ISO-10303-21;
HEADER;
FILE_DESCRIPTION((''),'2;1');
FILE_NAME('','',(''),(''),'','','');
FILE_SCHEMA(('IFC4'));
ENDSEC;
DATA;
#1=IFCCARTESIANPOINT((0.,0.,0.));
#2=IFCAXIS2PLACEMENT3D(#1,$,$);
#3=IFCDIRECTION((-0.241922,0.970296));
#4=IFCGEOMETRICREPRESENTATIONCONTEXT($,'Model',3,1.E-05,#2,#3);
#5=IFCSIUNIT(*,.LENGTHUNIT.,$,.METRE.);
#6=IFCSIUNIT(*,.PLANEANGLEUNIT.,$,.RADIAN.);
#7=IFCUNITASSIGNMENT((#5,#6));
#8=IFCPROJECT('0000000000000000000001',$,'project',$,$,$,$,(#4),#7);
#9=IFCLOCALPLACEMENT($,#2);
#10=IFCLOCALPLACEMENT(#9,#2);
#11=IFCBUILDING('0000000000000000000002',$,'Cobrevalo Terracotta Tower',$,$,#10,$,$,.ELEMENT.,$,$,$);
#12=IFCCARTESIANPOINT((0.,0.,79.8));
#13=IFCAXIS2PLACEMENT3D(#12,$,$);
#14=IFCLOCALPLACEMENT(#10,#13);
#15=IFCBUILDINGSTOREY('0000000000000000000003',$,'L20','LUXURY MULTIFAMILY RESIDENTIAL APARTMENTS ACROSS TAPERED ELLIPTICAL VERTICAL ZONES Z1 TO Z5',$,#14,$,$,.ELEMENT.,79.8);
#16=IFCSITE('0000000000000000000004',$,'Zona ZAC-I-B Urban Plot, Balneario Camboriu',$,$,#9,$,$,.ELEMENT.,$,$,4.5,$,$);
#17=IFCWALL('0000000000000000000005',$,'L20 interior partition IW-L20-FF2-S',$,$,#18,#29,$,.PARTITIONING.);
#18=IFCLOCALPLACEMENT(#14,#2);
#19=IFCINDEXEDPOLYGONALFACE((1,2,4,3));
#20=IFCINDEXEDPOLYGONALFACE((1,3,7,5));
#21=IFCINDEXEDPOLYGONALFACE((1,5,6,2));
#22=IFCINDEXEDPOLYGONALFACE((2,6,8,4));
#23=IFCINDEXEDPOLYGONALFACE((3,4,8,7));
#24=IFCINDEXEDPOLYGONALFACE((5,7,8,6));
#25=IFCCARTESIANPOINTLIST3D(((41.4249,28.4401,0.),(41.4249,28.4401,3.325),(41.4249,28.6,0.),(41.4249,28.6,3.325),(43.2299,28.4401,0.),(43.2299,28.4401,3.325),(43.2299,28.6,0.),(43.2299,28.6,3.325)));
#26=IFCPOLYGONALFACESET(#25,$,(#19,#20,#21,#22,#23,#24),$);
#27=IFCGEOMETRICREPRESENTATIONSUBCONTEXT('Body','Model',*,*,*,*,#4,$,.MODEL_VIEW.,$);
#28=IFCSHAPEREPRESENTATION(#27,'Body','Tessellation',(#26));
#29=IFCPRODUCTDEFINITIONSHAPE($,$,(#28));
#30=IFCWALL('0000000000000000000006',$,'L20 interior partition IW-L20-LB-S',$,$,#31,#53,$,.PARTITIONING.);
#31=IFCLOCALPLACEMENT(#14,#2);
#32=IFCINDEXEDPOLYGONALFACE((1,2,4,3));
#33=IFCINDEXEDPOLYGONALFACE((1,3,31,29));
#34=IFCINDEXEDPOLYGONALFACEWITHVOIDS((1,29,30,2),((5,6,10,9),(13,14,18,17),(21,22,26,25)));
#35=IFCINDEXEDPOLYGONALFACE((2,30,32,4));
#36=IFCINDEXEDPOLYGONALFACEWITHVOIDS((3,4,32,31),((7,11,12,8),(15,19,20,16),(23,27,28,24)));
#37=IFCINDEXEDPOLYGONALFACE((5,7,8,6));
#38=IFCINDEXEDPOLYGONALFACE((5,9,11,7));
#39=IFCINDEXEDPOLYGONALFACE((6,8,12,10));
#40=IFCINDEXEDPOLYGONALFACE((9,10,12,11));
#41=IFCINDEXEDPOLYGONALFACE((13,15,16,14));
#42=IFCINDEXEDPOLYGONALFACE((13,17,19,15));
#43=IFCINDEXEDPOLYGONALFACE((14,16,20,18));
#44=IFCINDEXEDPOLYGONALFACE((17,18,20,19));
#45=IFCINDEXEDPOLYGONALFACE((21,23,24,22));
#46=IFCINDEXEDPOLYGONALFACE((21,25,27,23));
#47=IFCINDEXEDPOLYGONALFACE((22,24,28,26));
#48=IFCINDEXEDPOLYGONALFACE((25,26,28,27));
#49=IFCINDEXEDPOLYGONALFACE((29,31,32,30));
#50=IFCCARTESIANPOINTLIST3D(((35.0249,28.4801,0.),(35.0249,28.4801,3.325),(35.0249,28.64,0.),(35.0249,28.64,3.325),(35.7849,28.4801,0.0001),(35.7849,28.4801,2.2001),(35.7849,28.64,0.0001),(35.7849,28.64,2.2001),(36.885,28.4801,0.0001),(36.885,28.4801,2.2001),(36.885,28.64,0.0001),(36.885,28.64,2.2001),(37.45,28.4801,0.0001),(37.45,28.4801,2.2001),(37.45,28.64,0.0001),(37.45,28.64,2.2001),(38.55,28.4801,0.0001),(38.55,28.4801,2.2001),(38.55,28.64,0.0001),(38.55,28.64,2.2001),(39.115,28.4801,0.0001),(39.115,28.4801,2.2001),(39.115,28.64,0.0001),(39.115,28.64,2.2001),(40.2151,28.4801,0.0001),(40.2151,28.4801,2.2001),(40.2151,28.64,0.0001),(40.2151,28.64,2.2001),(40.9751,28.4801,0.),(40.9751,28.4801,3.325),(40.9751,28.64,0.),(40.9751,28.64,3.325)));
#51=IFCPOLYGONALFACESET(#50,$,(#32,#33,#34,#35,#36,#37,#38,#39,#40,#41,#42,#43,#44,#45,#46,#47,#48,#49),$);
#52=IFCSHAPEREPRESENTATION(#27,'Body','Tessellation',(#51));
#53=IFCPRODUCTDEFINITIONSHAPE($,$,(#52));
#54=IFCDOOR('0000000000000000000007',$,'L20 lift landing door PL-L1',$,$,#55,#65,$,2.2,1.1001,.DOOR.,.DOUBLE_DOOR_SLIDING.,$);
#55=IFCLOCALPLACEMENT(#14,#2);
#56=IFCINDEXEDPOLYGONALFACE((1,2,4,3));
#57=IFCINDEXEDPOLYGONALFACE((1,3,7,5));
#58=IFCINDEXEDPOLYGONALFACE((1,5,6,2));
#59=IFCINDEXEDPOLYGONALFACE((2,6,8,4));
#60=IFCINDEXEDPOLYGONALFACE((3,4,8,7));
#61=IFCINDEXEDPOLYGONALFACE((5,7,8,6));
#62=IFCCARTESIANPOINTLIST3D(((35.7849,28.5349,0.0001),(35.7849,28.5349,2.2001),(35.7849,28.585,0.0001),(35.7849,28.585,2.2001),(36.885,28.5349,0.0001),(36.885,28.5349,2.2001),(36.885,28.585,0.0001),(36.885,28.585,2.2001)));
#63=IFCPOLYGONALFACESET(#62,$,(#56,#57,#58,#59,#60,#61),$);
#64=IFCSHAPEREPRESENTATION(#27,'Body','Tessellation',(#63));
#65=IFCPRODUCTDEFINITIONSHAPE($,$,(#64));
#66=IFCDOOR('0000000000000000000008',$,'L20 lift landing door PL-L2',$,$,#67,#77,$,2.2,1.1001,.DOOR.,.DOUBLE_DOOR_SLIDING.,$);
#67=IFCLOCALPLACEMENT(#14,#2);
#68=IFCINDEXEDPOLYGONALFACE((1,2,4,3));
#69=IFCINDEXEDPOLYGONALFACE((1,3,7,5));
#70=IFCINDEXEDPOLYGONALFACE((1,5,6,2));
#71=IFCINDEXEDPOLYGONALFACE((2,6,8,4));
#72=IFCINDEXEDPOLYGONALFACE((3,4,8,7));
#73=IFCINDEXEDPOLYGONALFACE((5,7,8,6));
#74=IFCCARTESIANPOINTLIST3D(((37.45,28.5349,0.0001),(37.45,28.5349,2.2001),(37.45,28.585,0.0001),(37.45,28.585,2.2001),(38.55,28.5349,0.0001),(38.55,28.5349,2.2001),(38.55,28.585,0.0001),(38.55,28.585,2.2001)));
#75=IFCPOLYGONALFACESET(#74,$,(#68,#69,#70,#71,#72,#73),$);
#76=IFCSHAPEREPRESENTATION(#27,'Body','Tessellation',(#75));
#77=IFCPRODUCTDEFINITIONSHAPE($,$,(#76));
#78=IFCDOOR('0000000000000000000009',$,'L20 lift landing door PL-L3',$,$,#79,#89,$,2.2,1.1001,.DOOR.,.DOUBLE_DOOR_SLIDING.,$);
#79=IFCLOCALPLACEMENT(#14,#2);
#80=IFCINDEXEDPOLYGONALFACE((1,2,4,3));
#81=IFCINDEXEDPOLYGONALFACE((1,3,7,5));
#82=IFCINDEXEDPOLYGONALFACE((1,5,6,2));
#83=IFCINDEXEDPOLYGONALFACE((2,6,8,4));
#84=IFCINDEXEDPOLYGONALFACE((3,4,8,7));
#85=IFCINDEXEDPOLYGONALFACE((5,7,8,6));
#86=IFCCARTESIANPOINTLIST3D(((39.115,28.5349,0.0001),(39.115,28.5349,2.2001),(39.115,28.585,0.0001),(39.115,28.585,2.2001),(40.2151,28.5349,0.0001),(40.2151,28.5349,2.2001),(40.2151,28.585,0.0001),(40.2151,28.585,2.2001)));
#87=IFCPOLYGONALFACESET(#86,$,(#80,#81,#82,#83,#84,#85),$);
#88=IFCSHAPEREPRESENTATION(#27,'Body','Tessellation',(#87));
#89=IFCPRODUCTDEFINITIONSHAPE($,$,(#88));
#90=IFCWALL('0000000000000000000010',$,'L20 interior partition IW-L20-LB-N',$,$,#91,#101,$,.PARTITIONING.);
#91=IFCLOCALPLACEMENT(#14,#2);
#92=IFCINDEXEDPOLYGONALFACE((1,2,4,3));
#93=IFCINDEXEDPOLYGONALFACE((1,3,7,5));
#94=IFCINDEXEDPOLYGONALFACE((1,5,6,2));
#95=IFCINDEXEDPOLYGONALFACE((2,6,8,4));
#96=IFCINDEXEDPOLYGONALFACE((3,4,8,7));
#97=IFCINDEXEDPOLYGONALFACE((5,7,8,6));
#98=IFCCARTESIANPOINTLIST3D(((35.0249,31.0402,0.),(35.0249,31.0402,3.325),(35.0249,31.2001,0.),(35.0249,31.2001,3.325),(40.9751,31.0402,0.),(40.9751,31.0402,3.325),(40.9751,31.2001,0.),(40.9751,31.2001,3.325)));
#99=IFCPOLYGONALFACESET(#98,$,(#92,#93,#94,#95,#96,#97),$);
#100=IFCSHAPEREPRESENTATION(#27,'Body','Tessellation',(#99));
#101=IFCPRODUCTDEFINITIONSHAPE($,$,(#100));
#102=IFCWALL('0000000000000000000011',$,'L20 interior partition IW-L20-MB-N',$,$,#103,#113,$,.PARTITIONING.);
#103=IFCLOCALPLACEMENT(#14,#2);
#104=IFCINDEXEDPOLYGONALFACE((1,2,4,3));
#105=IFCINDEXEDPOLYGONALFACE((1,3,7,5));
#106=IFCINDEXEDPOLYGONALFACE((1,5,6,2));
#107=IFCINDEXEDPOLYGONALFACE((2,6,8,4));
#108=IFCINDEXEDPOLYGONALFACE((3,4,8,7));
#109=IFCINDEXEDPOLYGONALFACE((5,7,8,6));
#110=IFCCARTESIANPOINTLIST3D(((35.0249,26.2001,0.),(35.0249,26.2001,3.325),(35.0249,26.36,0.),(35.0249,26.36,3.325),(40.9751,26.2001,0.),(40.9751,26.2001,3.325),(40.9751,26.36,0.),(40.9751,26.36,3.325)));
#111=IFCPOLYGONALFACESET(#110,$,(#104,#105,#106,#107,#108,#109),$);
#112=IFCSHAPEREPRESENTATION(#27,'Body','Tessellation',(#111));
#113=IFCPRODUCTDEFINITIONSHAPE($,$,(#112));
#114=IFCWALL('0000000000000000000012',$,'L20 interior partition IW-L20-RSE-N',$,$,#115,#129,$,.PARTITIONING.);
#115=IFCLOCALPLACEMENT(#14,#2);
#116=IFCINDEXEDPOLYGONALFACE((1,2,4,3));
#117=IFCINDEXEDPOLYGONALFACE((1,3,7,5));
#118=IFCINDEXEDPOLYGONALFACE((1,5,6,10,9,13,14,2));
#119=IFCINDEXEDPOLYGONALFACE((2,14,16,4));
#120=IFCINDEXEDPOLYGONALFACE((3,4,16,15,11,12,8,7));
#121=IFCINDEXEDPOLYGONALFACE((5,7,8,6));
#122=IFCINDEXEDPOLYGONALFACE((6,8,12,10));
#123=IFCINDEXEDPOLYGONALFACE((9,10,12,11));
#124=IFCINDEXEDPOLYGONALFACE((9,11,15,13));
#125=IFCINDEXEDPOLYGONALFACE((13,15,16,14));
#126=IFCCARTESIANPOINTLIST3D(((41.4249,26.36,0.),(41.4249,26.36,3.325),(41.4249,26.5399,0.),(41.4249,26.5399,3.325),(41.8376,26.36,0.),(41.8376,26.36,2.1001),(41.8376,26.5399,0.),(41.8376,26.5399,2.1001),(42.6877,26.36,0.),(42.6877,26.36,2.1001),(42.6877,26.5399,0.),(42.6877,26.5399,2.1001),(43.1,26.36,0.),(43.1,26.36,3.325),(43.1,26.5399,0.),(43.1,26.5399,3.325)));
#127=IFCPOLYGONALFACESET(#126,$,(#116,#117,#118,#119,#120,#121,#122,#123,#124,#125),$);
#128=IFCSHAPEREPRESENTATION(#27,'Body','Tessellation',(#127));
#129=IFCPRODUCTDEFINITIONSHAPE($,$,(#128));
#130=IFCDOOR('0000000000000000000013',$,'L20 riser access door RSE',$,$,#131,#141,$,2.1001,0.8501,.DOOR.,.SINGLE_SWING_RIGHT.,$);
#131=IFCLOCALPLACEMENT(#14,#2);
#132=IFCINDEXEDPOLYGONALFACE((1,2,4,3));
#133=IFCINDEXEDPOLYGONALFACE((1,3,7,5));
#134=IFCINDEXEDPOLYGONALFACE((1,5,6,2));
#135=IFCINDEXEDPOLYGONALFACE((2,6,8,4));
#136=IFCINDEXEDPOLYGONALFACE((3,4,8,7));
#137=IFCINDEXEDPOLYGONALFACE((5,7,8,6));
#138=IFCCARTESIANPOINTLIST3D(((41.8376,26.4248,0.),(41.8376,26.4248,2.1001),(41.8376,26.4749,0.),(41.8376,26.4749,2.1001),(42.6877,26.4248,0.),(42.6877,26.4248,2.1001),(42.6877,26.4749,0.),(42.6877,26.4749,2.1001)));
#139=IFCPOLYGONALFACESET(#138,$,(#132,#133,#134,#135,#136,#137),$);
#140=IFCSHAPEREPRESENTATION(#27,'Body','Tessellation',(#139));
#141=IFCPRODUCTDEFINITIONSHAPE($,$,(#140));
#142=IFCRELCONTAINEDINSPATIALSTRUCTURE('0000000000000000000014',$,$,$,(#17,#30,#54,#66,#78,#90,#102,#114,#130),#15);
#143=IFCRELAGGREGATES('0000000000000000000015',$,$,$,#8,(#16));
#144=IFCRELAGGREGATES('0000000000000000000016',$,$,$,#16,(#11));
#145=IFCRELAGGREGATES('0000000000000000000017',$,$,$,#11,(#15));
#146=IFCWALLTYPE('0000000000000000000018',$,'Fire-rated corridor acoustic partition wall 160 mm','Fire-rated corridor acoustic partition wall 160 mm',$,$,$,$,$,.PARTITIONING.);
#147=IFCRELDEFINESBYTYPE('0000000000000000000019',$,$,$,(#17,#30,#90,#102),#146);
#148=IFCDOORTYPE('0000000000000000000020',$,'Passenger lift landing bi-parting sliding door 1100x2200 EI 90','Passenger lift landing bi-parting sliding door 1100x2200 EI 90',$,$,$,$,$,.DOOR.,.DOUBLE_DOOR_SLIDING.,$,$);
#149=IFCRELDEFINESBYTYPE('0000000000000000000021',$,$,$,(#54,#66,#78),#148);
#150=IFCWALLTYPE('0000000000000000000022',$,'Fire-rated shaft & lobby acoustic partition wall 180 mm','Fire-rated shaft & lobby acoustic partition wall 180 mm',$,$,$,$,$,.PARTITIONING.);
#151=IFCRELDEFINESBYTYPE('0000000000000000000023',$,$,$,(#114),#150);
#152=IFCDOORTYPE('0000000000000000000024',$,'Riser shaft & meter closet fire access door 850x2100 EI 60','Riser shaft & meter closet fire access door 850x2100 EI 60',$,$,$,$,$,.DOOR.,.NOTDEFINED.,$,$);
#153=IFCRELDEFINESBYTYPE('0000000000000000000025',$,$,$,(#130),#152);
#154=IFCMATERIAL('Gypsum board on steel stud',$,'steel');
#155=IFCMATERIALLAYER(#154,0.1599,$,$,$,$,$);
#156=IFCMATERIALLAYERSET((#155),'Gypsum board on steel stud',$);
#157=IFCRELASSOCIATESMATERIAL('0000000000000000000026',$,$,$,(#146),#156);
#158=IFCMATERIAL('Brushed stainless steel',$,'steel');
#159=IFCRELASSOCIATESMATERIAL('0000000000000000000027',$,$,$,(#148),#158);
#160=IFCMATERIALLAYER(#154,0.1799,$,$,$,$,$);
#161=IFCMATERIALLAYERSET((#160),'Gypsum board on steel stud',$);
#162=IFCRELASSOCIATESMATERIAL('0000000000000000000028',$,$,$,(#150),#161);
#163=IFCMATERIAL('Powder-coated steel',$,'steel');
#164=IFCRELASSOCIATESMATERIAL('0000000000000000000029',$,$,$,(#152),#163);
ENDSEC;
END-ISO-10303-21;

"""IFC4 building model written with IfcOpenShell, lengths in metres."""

from ifc_helpers import new_model, si_unit, direction, frame, frame_2d, origin, place, context, subcontext, project, spatial, rectangle, extrude, source, transform, mapped, material, layer, layer_set, type_object, element, fill, save


model = new_model("IFC4")

# Units and contexts
model_context = context("Model", 3, precision=1e-05, world=origin(), true_north=direction((-0.241922, 0.970296)))
body_context = subcontext(model_context, "Body", "Model", "MODEL_VIEW")
ifc_project = project(units=[si_unit("LENGTHUNIT", "METRE"), si_unit("PLANEANGLEUNIT", "RADIAN")], contexts=[model_context])

# Site, building, storey
site_placement = place(None, origin())
site = spatial("IfcSite", under=ifc_project, at=site_placement, Name="Zona ZAC-I-B Urban Plot, Balneario Camboriu", CompositionType="ELEMENT", RefElevation=4.5)
building_placement = place(site_placement, origin())
building = spatial("IfcBuilding", under=site, at=building_placement, Name="Cobrevalo Terracotta Tower", CompositionType="ELEMENT")
storey_placement = place(building_placement, frame((0.0, 0.0, 79.8)))
storey = spatial("IfcBuildingStorey", under=building, at=storey_placement, Name="L20", Description="LUXURY MULTIFAMILY RESIDENTIAL APARTMENTS ACROSS TAPERED ELLIPTICAL VERTICAL ZONES Z1 TO Z5", CompositionType="ELEMENT", Elevation=79.8)

# Wall
ifc_material_1 = material(Name="Gypsum board on steel stud", Category="steel")
ifc_layer_1 = layer(ifc_material_1, 0.1599)
ifc_layer_set_1 = layer_set([ifc_layer_1], Name="Gypsum board on steel stud")
wall_type_1 = type_object("IfcWallType", Name="Fire-rated corridor acoustic partition wall 160 mm", Description="Fire-rated corridor acoustic partition wall 160 mm", PredefinedType="PARTITIONING", material=ifc_layer_set_1)
wall_1_placement = place(storey_placement, frame((41.425, 28.52, 0.0), z_axis=(0.0, 0.0, 1.0), x_axis=(1.0, 0.0, 0.0)))
element("IfcWall", 1, at=wall_1_placement, inside=storey, type_object=wall_type_1, Name="L20 interior partition IW-L20-FF2-S", PredefinedType="PARTITIONING", context=body_context, shape_type="SweptSolid", body=[
    extrude(rectangle(XDim=1.8049, YDim=0.1599, at=frame_2d((0.9023, 0.0))), origin(), (0.0, 0.0, 1.0), 3.325),
])

# Wall, openings, doors
wall_2_placement = place(storey_placement, frame((35.0249, 28.5601, 0.0), z_axis=(0.0, 0.0, 1.0), x_axis=(1.0, 0.0, 0.0)))
wall_2 = element("IfcWall", 2, at=wall_2_placement, inside=storey, type_object=wall_type_1, Name="L20 interior partition IW-L20-LB-S", PredefinedType="PARTITIONING", context=body_context, shape_type="SweptSolid", body=[
    extrude(rectangle(XDim=5.9502, YDim=0.1599, at=frame_2d((2.9751, 0.0))), origin(), (0.0, 0.0, 1.0), 3.325),
])
opening_1_placement = place(wall_2_placement, frame((0.76, 0.0, 0.0)))
opening_1 = element("IfcOpeningElement", 3, at=opening_1_placement, cuts=wall_2, PredefinedType="OPENING", context=body_context, shape_type="SweptSolid", body=[
    extrude(rectangle(XDim=1.1001, YDim=2.2, at=frame_2d((0.55, 1.1001))), frame((0.0, 0.0898, 0.0), z_axis=(0.0, -1.0, 0.0), x_axis=(1.0, 0.0, 0.0)), (0.0, 0.0, 1.0), 0.1799),
])
opening_2_placement = place(wall_2_placement, frame((2.425, 0.0, 0.0)))
opening_2 = element("IfcOpeningElement", 4, at=opening_2_placement, cuts=wall_2, PredefinedType="OPENING", context=body_context, shape_type="SweptSolid", body=[
    extrude(rectangle(XDim=1.1001, YDim=2.2, at=frame_2d((0.55, 1.1001))), frame((0.0, 0.0898, 0.0), z_axis=(0.0, -1.0, 0.0), x_axis=(1.0, 0.0, 0.0)), (0.0, 0.0, 1.0), 0.1799),
])
opening_3_placement = place(wall_2_placement, frame((4.0901, 0.0, 0.0)))
opening_3 = element("IfcOpeningElement", 5, at=opening_3_placement, cuts=wall_2, PredefinedType="OPENING", context=body_context, shape_type="SweptSolid", body=[
    extrude(rectangle(XDim=1.1001, YDim=2.2, at=frame_2d((0.55, 1.1001))), frame((0.0, 0.0898, 0.0), z_axis=(0.0, -1.0, 0.0), x_axis=(1.0, 0.0, 0.0)), (0.0, 0.0, 1.0), 0.1799),
])
ifc_material_2 = material(Name="Brushed stainless steel", Category="steel")
door_type_1 = type_object("IfcDoorType", Name="Passenger lift landing bi-parting sliding door 1100x2200 EI 90", Description="Passenger lift landing bi-parting sliding door 1100x2200 EI 90", OperationType="DOUBLE_DOOR_SLIDING", PredefinedType="DOOR", material=ifc_material_2)
shared_shape_1 = source(origin(), body_context, "Body", "SweptSolid", [
    extrude(rectangle(XDim=1.1001, YDim=2.2, at=frame_2d((0.55, 1.1001))), frame((0.0, 0.0249, 0.0), z_axis=(0.0, -1.0, 0.0), x_axis=(1.0, 0.0, 0.0)), (0.0, 0.0, 1.0), 0.05),
])
door_1_placement = place(opening_1_placement, origin())
door_1 = element("IfcDoor", 6, at=door_1_placement, inside=storey, type_object=door_type_1, Name="L20 lift landing door PL-L1", OperationType="DOUBLE_DOOR_SLIDING", OverallHeight=2.2, OverallWidth=1.1001, PredefinedType="DOOR", context=body_context, shape_type="MappedRepresentation", body=[
    mapped(shared_shape_1, transform((0.0, 0.0, 0.0), scale=1.0)),
])
fill(opening_1, door_1)
door_2_placement = place(opening_2_placement, origin())
door_2 = element("IfcDoor", 7, at=door_2_placement, inside=storey, type_object=door_type_1, Name="L20 lift landing door PL-L2", OperationType="DOUBLE_DOOR_SLIDING", OverallHeight=2.2, OverallWidth=1.1001, PredefinedType="DOOR", context=body_context, shape_type="MappedRepresentation", body=[
    mapped(shared_shape_1, transform((0.0, 0.0, 0.0), scale=1.0)),
])
fill(opening_2, door_2)
door_3_placement = place(opening_3_placement, origin())
door_3 = element("IfcDoor", 8, at=door_3_placement, inside=storey, type_object=door_type_1, Name="L20 lift landing door PL-L3", OperationType="DOUBLE_DOOR_SLIDING", OverallHeight=2.2, OverallWidth=1.1001, PredefinedType="DOOR", context=body_context, shape_type="MappedRepresentation", body=[
    mapped(shared_shape_1, transform((0.0, 0.0, 0.0), scale=1.0)),
])
fill(opening_3, door_3)

# Walls
for number, where, z_axis, x_axis, name in (
    (9, (35.0249, 31.1201, 0.0), (0.0, 0.0, 1.0), (1.0, 0.0, 0.0), "L20 interior partition IW-L20-LB-N"),
    (10, (35.0249, 26.28, 0.0), (0.0, 0.0, 1.0), (1.0, 0.0, 0.0), "L20 interior partition IW-L20-MB-N"),
):
    element("IfcWall", number, at=place(storey_placement, frame(where, z_axis=z_axis, x_axis=x_axis)), inside=storey, type_object=wall_type_1, Name=name, PredefinedType="PARTITIONING", context=body_context, shape_type="SweptSolid", body=[
        extrude(rectangle(XDim=5.9502, YDim=0.1599, at=frame_2d((2.9751, 0.0))), origin(), (0.0, 0.0, 1.0), 3.325),
    ])

# Wall, opening, door
ifc_layer_2 = layer(ifc_material_1, 0.1799)
ifc_layer_set_2 = layer_set([ifc_layer_2], Name="Gypsum board on steel stud")
wall_type_2 = type_object("IfcWallType", Name="Fire-rated shaft & lobby acoustic partition wall 180 mm", Description="Fire-rated shaft & lobby acoustic partition wall 180 mm", PredefinedType="PARTITIONING", material=ifc_layer_set_2)
wall_3_placement = place(storey_placement, frame((41.425, 26.45, 0.0), z_axis=(0.0, 0.0, 1.0), x_axis=(1.0, 0.0, 0.0)))
wall_3 = element("IfcWall", 11, at=wall_3_placement, inside=storey, type_object=wall_type_2, Name="L20 interior partition IW-L20-RSE-N", PredefinedType="PARTITIONING", context=body_context, shape_type="SweptSolid", body=[
    extrude(rectangle(XDim=1.675, YDim=0.1799, at=frame_2d((0.8374, 0.0))), origin(), (0.0, 0.0, 1.0), 3.325),
])
opening_4_placement = place(wall_3_placement, frame((0.4126, 0.0, 0.0)))
opening_4 = element("IfcOpeningElement", 12, at=opening_4_placement, cuts=wall_3, PredefinedType="OPENING", context=body_context, shape_type="SweptSolid", body=[
    extrude(rectangle(XDim=0.8501, YDim=2.1001, at=frame_2d((0.425, 1.05))), frame((0.0, 0.1001, 0.0), z_axis=(0.0, -1.0, 0.0), x_axis=(1.0, 0.0, 0.0)), (0.0, 0.0, 1.0), 0.2),
])
ifc_material_3 = material(Name="Powder-coated steel", Category="steel")
door_type_2 = type_object("IfcDoorType", Name="Riser shaft & meter closet fire access door 850x2100 EI 60", Description="Riser shaft & meter closet fire access door 850x2100 EI 60", OperationType="NOTDEFINED", PredefinedType="DOOR", material=ifc_material_3)
shared_shape_2 = source(origin(), body_context, "Body", "SweptSolid", [
    extrude(rectangle(XDim=0.8501, YDim=2.1001, at=frame_2d((0.425, 1.05))), frame((0.0, 0.0249, 0.0), z_axis=(0.0, -1.0, 0.0), x_axis=(1.0, 0.0, 0.0)), (0.0, 0.0, 1.0), 0.05),
])
door_4_placement = place(opening_4_placement, origin())
door_4 = element("IfcDoor", 13, at=door_4_placement, inside=storey, type_object=door_type_2, Name="L20 riser access door RSE", OperationType="SINGLE_SWING_RIGHT", OverallHeight=2.1001, OverallWidth=0.8501, PredefinedType="DOOR", context=body_context, shape_type="MappedRepresentation", body=[
    mapped(shared_shape_2, transform((0.0, 0.0, 0.0), scale=1.0)),
])
fill(opening_4, door_4)

save(model, "model.ifc")
